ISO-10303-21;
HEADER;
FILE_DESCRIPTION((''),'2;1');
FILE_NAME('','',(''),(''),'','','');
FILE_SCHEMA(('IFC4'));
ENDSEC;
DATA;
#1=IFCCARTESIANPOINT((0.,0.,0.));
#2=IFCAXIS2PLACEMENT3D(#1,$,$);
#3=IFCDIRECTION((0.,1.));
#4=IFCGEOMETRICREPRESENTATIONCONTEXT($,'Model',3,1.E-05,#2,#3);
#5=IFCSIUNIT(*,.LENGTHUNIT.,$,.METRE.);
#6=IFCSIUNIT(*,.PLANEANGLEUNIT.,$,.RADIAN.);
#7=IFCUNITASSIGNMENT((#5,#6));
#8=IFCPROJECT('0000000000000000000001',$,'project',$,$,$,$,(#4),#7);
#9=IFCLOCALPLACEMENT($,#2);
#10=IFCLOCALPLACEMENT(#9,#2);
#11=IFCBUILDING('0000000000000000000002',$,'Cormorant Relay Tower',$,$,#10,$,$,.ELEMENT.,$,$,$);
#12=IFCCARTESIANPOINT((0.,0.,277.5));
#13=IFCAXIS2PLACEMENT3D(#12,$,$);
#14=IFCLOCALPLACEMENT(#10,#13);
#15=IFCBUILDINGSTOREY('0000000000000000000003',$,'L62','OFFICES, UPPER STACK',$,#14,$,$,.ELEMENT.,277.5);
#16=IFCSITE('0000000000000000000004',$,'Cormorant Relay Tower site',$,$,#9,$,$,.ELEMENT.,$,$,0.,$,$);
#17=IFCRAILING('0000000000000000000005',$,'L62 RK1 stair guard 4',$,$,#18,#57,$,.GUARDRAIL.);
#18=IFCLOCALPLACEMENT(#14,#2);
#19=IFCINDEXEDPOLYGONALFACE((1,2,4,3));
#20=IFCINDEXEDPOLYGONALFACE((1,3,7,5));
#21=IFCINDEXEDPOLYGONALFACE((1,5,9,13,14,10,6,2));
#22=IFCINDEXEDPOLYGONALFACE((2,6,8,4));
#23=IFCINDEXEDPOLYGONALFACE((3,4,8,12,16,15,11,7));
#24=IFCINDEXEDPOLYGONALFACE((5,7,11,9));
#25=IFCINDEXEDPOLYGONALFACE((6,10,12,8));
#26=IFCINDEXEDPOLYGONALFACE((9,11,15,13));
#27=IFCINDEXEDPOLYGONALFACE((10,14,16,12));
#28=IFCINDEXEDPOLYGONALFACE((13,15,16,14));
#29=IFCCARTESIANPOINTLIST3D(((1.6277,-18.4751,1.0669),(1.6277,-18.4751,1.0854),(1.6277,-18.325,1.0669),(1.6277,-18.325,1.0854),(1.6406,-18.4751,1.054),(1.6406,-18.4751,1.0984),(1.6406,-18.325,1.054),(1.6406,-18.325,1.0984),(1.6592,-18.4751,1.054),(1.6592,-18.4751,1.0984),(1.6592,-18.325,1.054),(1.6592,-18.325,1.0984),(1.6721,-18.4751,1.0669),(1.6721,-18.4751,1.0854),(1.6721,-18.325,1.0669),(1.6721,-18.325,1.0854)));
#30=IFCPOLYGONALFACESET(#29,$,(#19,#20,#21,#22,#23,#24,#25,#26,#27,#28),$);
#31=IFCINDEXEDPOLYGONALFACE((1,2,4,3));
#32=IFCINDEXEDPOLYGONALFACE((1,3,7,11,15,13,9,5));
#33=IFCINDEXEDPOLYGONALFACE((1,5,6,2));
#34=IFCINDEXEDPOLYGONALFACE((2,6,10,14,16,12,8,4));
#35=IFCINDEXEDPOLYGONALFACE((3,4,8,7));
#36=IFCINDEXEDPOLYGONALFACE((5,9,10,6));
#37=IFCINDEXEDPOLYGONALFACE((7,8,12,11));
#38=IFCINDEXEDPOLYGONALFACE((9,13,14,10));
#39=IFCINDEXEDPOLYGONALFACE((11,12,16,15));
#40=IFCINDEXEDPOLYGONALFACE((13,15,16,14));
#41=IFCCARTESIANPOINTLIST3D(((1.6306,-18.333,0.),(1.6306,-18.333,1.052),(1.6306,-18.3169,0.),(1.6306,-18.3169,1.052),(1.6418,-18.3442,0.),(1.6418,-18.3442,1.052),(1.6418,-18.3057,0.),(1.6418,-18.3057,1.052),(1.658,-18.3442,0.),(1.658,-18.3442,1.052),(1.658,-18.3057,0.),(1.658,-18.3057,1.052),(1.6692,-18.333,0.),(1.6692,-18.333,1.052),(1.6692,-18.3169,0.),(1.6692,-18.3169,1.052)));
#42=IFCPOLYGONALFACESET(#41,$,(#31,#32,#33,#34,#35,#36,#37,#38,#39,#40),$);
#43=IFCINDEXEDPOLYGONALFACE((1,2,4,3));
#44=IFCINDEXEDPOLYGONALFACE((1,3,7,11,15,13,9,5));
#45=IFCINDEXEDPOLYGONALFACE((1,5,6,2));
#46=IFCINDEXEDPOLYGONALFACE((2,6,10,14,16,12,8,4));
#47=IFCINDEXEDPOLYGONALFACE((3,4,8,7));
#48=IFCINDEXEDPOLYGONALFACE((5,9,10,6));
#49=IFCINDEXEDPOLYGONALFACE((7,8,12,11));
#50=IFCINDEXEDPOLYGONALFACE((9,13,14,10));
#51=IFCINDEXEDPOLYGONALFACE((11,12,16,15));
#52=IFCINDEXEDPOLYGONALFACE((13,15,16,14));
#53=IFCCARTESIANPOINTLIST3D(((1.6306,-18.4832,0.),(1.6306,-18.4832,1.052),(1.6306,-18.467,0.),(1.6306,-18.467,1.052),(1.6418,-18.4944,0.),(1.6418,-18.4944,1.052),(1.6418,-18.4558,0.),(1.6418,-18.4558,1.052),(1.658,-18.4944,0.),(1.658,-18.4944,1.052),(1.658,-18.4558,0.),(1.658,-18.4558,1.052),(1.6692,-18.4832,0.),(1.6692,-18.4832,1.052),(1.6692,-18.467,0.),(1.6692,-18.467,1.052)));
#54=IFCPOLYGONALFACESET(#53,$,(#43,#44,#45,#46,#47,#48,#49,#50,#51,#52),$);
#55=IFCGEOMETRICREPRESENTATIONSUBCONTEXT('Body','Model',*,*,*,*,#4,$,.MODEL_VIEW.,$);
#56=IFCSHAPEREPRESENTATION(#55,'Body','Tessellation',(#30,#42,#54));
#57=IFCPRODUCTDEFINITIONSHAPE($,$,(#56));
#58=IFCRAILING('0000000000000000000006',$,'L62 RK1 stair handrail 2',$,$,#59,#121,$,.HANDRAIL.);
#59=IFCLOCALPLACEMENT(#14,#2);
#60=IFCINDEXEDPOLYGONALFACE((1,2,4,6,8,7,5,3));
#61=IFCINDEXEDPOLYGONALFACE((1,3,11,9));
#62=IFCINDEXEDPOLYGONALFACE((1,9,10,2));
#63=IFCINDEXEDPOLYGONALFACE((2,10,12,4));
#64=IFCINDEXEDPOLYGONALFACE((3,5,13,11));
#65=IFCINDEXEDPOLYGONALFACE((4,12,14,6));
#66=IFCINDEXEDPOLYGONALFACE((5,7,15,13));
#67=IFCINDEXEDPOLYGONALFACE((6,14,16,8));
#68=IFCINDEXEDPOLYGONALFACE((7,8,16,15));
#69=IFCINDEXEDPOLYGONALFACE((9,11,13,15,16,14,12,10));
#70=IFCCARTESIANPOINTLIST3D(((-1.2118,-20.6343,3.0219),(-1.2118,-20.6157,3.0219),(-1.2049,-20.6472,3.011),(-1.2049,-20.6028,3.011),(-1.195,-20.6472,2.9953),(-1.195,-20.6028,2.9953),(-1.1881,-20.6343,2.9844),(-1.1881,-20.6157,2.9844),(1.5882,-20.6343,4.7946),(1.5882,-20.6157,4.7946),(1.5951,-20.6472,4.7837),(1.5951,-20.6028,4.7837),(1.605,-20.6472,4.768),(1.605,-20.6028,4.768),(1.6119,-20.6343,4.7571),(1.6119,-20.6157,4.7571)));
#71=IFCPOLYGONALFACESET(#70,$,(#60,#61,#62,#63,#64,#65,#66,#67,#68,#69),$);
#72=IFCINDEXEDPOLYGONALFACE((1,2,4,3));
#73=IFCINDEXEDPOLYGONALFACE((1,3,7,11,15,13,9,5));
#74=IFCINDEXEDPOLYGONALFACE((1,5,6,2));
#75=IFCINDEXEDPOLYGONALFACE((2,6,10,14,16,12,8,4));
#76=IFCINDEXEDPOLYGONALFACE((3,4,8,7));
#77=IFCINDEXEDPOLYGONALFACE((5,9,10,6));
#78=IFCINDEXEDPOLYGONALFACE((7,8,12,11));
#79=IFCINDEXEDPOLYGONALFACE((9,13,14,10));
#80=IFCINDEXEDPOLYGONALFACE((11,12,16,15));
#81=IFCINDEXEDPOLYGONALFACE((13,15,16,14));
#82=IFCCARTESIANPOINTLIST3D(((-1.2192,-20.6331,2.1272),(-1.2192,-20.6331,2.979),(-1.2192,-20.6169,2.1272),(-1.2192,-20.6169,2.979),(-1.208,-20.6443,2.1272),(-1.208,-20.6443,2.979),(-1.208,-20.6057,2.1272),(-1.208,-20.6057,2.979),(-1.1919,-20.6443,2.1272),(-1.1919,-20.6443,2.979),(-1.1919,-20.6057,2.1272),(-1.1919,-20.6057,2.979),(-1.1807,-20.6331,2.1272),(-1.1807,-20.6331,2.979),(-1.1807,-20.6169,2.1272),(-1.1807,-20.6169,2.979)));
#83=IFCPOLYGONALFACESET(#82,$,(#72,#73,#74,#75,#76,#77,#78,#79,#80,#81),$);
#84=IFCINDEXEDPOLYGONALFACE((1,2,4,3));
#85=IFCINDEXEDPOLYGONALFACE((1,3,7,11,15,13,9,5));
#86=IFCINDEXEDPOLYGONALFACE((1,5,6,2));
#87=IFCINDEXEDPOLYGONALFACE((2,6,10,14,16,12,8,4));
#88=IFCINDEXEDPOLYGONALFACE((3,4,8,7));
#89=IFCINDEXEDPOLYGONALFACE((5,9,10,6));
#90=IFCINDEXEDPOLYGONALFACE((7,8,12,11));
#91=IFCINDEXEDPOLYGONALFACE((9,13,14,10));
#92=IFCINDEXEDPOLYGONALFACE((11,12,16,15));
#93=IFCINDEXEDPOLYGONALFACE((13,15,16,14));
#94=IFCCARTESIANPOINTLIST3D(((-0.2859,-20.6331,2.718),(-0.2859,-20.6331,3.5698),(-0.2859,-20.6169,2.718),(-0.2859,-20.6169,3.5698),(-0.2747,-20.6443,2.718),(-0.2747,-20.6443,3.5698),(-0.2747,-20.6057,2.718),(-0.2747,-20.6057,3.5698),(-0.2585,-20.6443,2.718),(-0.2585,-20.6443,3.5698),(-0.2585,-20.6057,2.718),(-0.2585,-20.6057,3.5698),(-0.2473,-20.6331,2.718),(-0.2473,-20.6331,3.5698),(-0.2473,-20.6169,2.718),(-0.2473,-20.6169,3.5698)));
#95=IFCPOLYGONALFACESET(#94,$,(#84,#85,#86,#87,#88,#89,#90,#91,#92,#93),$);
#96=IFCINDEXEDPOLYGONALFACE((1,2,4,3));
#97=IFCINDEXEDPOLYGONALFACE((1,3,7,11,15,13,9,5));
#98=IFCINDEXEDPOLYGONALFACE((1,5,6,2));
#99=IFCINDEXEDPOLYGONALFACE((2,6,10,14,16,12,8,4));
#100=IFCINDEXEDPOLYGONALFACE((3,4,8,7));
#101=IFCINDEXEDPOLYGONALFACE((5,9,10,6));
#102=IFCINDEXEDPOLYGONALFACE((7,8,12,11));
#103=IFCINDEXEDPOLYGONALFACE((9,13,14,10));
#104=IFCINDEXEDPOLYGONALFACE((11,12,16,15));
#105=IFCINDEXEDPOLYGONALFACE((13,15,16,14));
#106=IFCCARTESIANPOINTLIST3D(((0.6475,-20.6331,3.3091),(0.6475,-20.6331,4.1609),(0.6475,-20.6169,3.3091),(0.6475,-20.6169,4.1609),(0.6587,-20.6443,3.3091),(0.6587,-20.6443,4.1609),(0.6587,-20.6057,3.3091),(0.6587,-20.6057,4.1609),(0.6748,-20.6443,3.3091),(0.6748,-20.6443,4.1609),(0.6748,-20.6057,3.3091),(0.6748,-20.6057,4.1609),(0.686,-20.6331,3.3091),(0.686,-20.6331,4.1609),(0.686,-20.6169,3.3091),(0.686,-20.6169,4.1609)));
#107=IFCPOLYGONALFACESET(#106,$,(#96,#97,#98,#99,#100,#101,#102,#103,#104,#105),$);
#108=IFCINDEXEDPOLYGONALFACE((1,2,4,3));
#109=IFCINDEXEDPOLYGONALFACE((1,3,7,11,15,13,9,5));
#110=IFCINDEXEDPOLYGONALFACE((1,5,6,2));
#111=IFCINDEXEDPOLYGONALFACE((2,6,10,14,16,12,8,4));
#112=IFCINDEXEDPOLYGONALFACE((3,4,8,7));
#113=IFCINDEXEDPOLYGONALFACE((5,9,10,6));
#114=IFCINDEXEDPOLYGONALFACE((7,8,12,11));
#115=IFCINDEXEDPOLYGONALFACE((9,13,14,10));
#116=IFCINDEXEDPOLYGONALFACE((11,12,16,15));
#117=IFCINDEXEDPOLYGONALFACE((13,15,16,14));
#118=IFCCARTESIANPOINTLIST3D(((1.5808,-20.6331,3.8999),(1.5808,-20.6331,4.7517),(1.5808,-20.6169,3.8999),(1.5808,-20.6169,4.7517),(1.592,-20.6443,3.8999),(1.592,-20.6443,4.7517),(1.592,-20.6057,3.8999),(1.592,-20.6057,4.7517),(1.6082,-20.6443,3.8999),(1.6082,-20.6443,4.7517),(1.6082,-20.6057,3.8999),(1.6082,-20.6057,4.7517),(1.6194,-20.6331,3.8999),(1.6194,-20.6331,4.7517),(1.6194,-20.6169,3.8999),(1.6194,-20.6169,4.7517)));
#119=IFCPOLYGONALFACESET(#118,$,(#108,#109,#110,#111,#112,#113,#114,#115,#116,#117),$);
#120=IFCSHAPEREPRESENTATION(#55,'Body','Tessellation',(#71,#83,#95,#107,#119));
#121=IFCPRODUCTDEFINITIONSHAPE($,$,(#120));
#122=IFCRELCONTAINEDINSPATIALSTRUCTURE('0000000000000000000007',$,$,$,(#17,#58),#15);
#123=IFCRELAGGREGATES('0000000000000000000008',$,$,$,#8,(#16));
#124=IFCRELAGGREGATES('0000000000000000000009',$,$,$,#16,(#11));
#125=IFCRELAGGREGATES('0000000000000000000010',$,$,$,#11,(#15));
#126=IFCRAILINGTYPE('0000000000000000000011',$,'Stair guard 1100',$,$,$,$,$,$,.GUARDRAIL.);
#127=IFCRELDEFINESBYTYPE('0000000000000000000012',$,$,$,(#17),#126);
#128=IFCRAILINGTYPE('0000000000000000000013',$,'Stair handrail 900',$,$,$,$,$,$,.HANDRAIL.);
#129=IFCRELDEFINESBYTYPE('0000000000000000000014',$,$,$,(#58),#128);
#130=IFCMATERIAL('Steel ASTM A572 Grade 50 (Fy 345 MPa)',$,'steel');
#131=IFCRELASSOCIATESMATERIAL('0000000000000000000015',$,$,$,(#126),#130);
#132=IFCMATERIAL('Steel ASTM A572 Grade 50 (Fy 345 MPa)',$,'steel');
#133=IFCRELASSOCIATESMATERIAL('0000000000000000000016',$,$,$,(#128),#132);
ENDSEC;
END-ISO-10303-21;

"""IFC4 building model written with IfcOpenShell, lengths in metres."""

from ifc_helpers import new_model, si_unit, direction, frame, origin, place, context, subcontext, project, spatial, polyline, outline, extrude, material, type_object, element, save


model = new_model("IFC4")

# Units and contexts
model_context = context("Model", 3, precision=1e-05, world=origin(), true_north=direction((0.0, 1.0)))
body_context = subcontext(model_context, "Body", "Model", "MODEL_VIEW")
ifc_project = project(units=[si_unit("LENGTHUNIT", "METRE"), si_unit("PLANEANGLEUNIT", "RADIAN")], contexts=[model_context])

# Site, building, storey
site_placement = place(None, origin())
site = spatial("IfcSite", under=ifc_project, at=site_placement, Name="Cormorant Relay Tower site", CompositionType="ELEMENT", RefElevation=0.0)
building_placement = place(site_placement, origin())
building = spatial("IfcBuilding", under=site, at=building_placement, Name="Cormorant Relay Tower", CompositionType="ELEMENT")
storey_placement = place(building_placement, frame((0.0, 0.0, 277.5)))
storey = spatial("IfcBuildingStorey", under=building, at=storey_placement, Name="L62", Description="OFFICES, UPPER STACK", CompositionType="ELEMENT", Elevation=277.5)

# Railings
ifc_material_1 = material(Name="Steel ASTM A572 Grade 50 (Fy 345 MPa)", Category="steel")
railing_type_1 = type_object("IfcRailingType", Name="Stair guard 1100", PredefinedType="GUARDRAIL", material=ifc_material_1)
railing_1_placement = place(storey_placement, frame((1.6499, -18.325, 0.0)))
element("IfcRailing", 1, at=railing_1_placement, inside=storey, type_object=railing_type_1, Name="L62 RK1 stair guard 4", PredefinedType="GUARDRAIL", context=body_context, shape_type="SweptSolid", body=[
    extrude(outline(polyline([(0.0222, 0.0093), (0.0093, 0.0222), (-0.0093, 0.0222), (-0.0222, 0.0093), (-0.0222, -0.0093), (-0.0093, -0.0222), (0.0093, -0.0222), (0.0222, -0.0093), (0.0222, 0.0093)])), frame((0.0, 0.0, 1.0762), z_axis=(0.0, -1.0, 0.0), x_axis=(1.0, 0.0, 0.0)), (0.0, 0.0, 1.0), 0.1501),
    extrude(outline(polyline([(0.0193, 0.0081), (0.0081, 0.0193), (-0.0081, 0.0193), (-0.0193, 0.0081), (-0.0193, -0.0081), (-0.0081, -0.0193), (0.0081, -0.0193), (0.0193, -0.0081), (0.0193, 0.0081)])), origin(), (0.0, 0.0, 1.0), 1.052),
    extrude(outline(polyline([(0.0193, 0.0081), (0.0081, 0.0193), (-0.0081, 0.0193), (-0.0193, 0.0081), (-0.0193, -0.0081), (-0.0081, -0.0193), (0.0081, -0.0193), (0.0193, -0.0081), (0.0193, 0.0081)])), frame((0.0, -0.1501, 0.0)), (0.0, 0.0, 1.0), 1.052),
])
ifc_material_2 = material(Name="Steel ASTM A572 Grade 50 (Fy 345 MPa)", Category="steel")
railing_type_2 = type_object("IfcRailingType", Name="Stair handrail 900", PredefinedType="HANDRAIL", material=ifc_material_2)
railing_2_placement = place(storey_placement, frame((-1.2, -20.625, 2.1272)))
element("IfcRailing", 2, at=railing_2_placement, inside=storey, type_object=railing_type_2, Name="L62 RK1 stair handrail 2", PredefinedType="HANDRAIL", context=body_context, shape_type="SweptSolid", body=[
    extrude(outline(polyline([(0.0222, 0.0093), (0.0093, 0.0222), (-0.0093, 0.0222), (-0.0222, 0.0093), (-0.0222, -0.0093), (-0.0093, -0.0222), (0.0093, -0.0222), (0.0222, -0.0093), (0.0222, 0.0093)])), frame((0.0, 0.0, 0.876), z_axis=(0.844909, 0.0, 0.53491), x_axis=(0.0, 1.0, 0.0)), (0.0, 0.0, 1.0), 3.314),
    extrude(outline(polyline([(0.0193, 0.0081), (0.0081, 0.0193), (-0.0081, 0.0193), (-0.0193, 0.0081), (-0.0193, -0.0081), (-0.0081, -0.0193), (0.0081, -0.0193), (0.0193, -0.0081), (0.0193, 0.0081)])), origin(), (0.0, 0.0, 1.0), 0.8518),
    extrude(outline(polyline([(0.0193, 0.0081), (0.0081, 0.0193), (-0.0081, 0.0193), (-0.0193, 0.0081), (-0.0193, -0.0081), (-0.0081, -0.0193), (0.0081, -0.0193), (0.0193, -0.0081), (0.0193, 0.0081)])), frame((0.9333, 0.0, 0.5908)), (0.0, 0.0, 1.0), 0.8518),
    extrude(outline(polyline([(0.0193, 0.0081), (0.0081, 0.0193), (-0.0081, 0.0193), (-0.0193, 0.0081), (-0.0193, -0.0081), (-0.0081, -0.0193), (0.0081, -0.0193), (0.0193, -0.0081), (0.0193, 0.0081)])), frame((1.8667, 0.0, 1.1819)), (0.0, 0.0, 1.0), 0.8518),
    extrude(outline(polyline([(0.0193, 0.0081), (0.0081, 0.0193), (-0.0081, 0.0193), (-0.0193, 0.0081), (-0.0193, -0.0081), (-0.0081, -0.0193), (0.0081, -0.0193), (0.0193, -0.0081), (0.0193, 0.0081)])), frame((2.8, 0.0, 1.7727)), (0.0, 0.0, 1.0), 0.8518),
])

save(model, "model.ifc")
